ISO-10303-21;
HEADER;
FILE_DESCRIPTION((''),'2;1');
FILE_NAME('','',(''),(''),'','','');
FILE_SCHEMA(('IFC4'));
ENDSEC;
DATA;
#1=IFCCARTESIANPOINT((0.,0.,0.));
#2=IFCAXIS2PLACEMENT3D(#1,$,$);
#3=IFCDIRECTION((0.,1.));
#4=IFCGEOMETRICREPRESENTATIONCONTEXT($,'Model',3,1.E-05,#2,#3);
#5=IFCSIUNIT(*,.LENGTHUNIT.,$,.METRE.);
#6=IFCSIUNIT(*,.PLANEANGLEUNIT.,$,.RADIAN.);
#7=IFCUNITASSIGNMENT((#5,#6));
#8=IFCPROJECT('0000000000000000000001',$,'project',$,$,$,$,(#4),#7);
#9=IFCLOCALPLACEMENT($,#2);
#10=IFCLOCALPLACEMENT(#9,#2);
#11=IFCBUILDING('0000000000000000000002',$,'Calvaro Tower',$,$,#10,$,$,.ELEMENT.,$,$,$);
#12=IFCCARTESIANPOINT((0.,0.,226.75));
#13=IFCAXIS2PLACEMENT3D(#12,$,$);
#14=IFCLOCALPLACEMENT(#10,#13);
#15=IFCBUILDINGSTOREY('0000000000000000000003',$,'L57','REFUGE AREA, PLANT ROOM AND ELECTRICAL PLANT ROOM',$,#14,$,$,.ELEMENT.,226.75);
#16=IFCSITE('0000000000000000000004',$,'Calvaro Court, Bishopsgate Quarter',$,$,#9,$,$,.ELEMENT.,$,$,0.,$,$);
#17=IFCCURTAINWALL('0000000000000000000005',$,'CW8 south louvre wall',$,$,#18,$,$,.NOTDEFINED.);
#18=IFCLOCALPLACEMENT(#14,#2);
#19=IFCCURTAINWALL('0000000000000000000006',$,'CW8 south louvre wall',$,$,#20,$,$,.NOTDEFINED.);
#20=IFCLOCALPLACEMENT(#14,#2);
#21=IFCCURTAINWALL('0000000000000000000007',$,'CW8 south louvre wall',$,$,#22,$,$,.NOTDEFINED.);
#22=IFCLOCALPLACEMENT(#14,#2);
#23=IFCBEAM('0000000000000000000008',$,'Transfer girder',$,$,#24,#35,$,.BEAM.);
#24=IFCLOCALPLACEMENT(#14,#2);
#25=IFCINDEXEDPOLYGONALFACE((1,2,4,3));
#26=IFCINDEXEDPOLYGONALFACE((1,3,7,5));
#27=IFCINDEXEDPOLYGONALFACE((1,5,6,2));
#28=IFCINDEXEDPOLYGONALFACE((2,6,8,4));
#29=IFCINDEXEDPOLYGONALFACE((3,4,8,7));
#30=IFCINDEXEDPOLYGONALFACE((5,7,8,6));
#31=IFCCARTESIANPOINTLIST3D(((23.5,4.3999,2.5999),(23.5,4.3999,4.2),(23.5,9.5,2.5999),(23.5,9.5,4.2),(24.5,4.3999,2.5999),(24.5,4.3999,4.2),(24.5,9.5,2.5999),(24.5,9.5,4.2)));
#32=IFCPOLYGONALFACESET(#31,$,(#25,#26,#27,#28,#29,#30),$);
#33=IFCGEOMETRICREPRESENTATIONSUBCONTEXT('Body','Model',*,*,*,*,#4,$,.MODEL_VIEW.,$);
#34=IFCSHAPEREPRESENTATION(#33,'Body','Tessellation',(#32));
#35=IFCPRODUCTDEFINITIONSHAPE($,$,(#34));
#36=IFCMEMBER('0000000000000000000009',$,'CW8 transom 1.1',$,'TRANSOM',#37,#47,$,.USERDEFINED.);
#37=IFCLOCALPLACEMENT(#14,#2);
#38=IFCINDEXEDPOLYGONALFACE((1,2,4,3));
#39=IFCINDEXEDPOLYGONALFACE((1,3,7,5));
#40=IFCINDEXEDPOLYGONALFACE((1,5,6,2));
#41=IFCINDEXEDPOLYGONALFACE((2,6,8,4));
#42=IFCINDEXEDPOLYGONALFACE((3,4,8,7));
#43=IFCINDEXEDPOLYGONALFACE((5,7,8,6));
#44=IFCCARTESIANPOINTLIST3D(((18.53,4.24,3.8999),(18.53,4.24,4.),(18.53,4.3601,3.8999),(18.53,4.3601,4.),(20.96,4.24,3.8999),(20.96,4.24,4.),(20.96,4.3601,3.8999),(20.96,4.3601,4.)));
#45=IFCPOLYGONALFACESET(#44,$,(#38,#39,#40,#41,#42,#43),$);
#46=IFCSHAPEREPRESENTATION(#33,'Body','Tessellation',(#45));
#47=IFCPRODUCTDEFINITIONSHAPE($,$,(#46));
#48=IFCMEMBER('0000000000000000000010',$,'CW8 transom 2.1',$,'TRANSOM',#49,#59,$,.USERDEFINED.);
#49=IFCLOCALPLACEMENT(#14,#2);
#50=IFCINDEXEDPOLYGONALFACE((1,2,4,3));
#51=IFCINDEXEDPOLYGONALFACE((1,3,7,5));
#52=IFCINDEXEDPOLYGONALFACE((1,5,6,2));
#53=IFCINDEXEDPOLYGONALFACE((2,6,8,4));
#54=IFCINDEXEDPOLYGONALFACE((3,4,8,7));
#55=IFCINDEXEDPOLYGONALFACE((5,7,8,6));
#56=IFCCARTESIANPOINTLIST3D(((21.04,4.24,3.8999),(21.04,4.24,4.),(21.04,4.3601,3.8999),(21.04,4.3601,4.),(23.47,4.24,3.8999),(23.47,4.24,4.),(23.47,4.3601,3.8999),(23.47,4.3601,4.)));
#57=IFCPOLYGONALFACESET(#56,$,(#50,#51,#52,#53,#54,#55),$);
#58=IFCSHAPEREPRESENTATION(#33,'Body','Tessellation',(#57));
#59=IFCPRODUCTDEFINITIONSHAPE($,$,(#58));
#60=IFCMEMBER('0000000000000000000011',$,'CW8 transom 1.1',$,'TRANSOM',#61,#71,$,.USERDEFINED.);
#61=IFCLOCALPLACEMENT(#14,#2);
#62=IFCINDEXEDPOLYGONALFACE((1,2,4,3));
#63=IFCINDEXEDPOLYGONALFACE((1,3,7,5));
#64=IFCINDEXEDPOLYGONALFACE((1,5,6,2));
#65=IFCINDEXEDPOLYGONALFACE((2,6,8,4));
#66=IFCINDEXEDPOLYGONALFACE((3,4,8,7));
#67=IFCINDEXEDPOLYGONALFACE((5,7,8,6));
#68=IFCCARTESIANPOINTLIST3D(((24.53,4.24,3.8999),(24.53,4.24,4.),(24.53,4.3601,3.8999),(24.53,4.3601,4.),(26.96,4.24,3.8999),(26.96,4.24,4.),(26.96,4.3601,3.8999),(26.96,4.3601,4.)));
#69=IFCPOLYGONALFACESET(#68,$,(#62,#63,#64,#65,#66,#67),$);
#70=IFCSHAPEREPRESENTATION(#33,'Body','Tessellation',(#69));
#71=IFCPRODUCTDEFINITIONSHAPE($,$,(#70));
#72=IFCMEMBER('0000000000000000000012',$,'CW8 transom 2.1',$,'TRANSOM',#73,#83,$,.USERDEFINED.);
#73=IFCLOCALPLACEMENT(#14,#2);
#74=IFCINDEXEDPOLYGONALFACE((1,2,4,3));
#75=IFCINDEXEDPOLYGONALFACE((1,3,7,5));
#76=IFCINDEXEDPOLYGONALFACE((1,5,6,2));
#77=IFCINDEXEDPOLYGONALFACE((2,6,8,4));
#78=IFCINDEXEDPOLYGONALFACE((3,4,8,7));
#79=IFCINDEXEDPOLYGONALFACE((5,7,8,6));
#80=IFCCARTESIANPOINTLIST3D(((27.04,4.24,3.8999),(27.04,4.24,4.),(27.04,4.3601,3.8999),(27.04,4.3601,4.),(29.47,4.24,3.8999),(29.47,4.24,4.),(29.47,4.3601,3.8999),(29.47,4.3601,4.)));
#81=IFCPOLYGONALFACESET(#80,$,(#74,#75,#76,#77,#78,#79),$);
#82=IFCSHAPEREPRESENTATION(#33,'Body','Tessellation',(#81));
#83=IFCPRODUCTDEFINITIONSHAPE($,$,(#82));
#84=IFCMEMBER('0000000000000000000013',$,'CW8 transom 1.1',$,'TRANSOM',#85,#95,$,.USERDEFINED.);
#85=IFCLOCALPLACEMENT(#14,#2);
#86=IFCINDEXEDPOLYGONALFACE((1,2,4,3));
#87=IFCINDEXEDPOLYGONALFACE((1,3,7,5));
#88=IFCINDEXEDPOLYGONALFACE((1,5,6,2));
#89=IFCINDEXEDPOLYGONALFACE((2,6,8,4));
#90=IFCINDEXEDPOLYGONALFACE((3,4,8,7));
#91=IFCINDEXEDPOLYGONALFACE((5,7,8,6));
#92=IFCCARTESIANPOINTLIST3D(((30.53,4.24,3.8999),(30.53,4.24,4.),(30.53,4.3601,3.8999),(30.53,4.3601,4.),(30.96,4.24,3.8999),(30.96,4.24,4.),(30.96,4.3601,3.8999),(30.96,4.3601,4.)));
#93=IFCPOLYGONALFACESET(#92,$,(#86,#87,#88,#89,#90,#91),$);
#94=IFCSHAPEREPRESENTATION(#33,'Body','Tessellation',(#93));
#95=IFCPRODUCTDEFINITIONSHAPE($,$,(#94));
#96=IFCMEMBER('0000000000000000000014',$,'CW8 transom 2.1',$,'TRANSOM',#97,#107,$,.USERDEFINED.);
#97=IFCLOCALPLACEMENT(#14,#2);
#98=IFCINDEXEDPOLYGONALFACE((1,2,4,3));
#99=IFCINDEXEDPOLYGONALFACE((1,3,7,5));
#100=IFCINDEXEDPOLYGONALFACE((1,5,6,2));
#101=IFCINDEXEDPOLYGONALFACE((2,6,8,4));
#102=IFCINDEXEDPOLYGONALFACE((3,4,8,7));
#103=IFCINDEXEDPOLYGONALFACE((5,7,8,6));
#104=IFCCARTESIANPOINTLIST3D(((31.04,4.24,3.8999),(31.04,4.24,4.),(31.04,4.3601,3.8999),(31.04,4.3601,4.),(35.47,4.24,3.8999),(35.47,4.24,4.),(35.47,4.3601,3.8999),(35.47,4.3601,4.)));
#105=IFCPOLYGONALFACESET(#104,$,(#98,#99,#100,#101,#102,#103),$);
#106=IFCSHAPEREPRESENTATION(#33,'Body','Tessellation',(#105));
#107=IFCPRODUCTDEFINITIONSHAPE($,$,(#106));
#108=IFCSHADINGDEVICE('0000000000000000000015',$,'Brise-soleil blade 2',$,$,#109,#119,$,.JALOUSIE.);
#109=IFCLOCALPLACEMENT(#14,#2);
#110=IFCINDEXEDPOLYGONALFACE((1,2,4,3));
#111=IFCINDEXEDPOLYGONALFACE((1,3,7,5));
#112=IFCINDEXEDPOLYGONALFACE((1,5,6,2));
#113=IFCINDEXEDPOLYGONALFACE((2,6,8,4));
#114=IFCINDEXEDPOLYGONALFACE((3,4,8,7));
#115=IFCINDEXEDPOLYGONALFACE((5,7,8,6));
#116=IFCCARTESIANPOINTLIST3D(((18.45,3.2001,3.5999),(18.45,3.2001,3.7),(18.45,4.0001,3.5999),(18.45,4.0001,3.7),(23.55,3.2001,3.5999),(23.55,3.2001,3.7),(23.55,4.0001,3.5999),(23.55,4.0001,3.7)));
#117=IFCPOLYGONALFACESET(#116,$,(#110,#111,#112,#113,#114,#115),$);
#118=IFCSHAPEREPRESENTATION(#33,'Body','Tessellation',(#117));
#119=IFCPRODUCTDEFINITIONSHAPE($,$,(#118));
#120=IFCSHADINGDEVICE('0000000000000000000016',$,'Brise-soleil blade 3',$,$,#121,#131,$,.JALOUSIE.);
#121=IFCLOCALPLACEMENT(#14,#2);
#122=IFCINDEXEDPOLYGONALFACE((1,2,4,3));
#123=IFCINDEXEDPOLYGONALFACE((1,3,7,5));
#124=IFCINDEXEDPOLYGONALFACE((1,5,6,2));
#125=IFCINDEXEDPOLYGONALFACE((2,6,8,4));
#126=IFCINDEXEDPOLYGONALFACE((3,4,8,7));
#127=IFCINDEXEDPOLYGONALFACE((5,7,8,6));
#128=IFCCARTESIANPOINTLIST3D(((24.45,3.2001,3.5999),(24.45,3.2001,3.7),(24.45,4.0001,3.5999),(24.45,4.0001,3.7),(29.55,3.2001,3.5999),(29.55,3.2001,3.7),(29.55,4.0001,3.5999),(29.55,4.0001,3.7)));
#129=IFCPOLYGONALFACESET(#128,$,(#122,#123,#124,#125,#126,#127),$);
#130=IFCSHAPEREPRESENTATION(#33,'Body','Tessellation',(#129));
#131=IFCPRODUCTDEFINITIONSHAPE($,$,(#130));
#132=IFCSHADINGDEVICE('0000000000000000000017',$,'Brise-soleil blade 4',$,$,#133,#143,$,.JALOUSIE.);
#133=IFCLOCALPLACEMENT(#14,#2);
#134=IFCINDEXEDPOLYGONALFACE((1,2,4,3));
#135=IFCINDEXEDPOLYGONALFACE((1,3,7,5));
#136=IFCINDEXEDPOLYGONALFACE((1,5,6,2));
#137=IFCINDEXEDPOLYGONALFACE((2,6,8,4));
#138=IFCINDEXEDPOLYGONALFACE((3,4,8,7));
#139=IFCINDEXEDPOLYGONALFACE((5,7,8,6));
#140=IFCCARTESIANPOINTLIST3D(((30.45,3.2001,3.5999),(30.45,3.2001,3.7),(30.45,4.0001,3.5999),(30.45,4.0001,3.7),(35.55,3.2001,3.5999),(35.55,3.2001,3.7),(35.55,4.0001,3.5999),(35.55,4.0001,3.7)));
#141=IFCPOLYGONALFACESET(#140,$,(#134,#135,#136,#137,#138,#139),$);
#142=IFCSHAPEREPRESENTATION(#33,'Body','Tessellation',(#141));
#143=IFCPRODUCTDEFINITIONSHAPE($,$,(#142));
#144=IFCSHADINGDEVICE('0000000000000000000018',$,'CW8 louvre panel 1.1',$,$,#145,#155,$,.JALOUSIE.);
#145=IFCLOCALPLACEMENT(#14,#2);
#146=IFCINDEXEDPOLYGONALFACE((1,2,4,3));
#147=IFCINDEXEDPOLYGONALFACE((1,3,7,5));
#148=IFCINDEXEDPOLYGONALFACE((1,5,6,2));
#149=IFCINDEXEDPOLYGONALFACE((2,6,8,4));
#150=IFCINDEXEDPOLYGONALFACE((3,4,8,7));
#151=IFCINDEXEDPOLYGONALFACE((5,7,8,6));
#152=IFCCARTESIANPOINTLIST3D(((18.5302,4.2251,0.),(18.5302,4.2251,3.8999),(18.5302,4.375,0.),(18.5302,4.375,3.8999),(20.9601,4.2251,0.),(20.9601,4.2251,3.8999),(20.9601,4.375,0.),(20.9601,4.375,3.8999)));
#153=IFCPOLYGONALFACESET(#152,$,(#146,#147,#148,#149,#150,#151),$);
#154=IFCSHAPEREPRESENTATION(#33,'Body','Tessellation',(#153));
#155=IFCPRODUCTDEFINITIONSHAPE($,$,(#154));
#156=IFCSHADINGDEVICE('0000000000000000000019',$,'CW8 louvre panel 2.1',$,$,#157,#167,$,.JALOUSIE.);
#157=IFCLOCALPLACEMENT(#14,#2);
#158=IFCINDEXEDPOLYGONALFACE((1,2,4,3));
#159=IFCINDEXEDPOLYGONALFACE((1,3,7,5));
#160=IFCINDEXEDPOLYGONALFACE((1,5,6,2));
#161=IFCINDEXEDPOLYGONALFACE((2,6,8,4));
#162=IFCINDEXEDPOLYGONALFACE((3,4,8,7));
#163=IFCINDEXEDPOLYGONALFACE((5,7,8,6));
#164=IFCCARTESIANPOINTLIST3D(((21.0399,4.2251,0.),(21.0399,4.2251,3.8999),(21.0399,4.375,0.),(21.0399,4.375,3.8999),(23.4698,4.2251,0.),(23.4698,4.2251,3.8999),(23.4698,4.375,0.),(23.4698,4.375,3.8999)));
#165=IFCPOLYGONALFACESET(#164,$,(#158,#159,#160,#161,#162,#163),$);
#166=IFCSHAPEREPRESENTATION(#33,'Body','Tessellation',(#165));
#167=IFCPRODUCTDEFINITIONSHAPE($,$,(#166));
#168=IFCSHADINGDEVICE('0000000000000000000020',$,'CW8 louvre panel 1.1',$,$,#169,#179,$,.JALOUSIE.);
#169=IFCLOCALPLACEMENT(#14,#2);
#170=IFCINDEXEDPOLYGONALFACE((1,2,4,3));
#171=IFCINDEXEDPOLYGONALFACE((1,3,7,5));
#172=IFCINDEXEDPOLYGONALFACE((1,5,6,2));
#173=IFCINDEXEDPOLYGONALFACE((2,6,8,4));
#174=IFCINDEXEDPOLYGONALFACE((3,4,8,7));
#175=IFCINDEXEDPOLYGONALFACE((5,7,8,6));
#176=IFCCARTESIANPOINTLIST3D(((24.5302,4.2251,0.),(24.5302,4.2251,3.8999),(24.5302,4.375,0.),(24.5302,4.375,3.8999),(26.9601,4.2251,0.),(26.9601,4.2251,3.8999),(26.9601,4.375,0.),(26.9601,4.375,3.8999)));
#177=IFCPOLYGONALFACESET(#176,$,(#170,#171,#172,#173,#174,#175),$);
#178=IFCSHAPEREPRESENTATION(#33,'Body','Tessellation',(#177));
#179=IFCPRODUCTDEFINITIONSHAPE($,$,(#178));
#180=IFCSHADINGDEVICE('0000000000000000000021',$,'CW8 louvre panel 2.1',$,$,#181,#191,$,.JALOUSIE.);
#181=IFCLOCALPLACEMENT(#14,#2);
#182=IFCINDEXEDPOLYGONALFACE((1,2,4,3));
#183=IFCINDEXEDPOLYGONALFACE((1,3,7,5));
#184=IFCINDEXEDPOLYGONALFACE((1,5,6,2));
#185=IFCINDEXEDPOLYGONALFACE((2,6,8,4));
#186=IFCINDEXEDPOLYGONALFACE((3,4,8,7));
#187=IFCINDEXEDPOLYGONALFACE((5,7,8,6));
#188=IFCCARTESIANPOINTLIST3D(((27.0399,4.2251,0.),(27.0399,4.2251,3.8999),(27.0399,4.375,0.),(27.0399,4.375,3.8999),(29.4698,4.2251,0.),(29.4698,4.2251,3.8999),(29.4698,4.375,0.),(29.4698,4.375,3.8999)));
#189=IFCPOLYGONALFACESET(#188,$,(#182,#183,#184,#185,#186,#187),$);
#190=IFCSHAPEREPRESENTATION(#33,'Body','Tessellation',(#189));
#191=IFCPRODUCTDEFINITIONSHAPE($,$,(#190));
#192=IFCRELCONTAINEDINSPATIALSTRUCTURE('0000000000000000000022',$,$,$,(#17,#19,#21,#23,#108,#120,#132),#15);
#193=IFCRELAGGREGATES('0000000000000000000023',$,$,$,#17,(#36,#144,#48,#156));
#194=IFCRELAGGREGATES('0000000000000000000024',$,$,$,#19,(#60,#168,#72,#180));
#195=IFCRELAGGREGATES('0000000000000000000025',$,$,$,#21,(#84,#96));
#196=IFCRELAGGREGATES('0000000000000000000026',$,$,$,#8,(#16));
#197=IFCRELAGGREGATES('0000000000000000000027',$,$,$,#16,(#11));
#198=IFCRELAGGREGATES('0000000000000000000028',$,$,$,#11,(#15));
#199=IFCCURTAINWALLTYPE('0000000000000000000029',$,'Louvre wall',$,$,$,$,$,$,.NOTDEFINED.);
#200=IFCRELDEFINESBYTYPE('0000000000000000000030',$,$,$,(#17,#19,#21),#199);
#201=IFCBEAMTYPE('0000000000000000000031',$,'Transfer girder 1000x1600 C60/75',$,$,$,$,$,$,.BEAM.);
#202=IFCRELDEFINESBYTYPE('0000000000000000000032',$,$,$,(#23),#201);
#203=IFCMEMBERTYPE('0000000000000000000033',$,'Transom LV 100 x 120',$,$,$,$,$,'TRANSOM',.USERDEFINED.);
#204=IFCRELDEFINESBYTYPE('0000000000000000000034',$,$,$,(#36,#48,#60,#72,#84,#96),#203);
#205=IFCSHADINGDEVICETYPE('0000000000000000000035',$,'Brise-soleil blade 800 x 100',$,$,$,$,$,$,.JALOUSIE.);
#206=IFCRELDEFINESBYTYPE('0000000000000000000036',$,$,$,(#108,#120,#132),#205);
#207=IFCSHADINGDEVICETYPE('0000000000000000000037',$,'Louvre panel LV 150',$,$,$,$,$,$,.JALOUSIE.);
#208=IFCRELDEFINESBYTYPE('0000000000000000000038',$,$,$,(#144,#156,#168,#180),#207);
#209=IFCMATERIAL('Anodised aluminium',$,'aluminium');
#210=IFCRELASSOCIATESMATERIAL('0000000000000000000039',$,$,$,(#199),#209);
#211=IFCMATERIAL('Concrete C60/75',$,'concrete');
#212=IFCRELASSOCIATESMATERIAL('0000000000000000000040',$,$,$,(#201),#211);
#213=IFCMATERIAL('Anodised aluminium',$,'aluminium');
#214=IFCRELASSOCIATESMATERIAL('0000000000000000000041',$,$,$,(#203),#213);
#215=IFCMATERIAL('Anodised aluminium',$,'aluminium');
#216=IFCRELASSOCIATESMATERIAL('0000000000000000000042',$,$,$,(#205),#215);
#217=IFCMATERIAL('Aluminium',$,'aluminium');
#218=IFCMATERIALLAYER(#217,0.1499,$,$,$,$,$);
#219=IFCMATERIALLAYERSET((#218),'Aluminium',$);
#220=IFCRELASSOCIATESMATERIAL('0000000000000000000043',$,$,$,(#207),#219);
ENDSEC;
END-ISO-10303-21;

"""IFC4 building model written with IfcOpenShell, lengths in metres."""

from ifc_helpers import new_model, si_unit, direction, frame, origin, origin_2d, place, context, subcontext, project, spatial, rectangle, extrude, material, layer, layer_set, material_profile, profile_set, type_object, element, aggregate, save


model = new_model("IFC4")

# Units and contexts
model_context = context("Model", 3, precision=1e-05, world=origin(), true_north=direction((0.0, 1.0)))
body_context = subcontext(model_context, "Body", "Model", "MODEL_VIEW")
ifc_project = project(units=[si_unit("LENGTHUNIT", "METRE"), si_unit("PLANEANGLEUNIT", "RADIAN")], contexts=[model_context])

# Site, building, storey
site_placement = place(None, origin())
site = spatial("IfcSite", under=ifc_project, at=site_placement, Name="Calvaro Court, Bishopsgate Quarter", CompositionType="ELEMENT", RefElevation=0.0)
building_placement = place(site_placement, origin())
building = spatial("IfcBuilding", under=site, at=building_placement, Name="Calvaro Tower", CompositionType="ELEMENT")
storey_placement = place(building_placement, frame((0.0, 0.0, 226.75)))
storey = spatial("IfcBuildingStorey", under=building, at=storey_placement, Name="L57", Description="REFUGE AREA, PLANT ROOM AND ELECTRICAL PLANT ROOM", CompositionType="ELEMENT", Elevation=226.75)

# Curtain walls
ifc_material_1 = material(Name="Anodised aluminium", Category="aluminium")
curtain_wall_type = type_object("IfcCurtainWallType", Name="Louvre wall", PredefinedType="NOTDEFINED", material=ifc_material_1)
curtain_wall_1_placement = place(storey_placement, origin())
curtain_wall_1 = element("IfcCurtainWall", 1, at=curtain_wall_1_placement, inside=storey, type_object=curtain_wall_type, Name="CW8 south louvre wall", PredefinedType="NOTDEFINED")
curtain_wall_2_placement = place(storey_placement, origin())
curtain_wall_2 = element("IfcCurtainWall", 2, at=curtain_wall_2_placement, inside=storey, type_object=curtain_wall_type, Name="CW8 south louvre wall", PredefinedType="NOTDEFINED")
curtain_wall_3_placement = place(storey_placement, origin())
curtain_wall_3 = element("IfcCurtainWall", 3, at=curtain_wall_3_placement, inside=storey, type_object=curtain_wall_type, Name="CW8 south louvre wall", PredefinedType="NOTDEFINED")

# Beam
ifc_material_2 = material(Name="Concrete C60/75", Category="concrete")
ifc_material_profile_1 = material_profile(ifc_material_2, rectangle(XDim=1.0, YDim=1.6001, at=origin_2d()), Name="RC 1000x1600")
ifc_profile_set_1 = profile_set([ifc_material_profile_1], Name="Concrete C60/75")
beam_type_1 = type_object("IfcBeamType", Name="Transfer girder 1000x1600 C60/75", PredefinedType="BEAM", material=ifc_profile_set_1)
beam_placement = place(storey_placement, frame((24.0, 4.3999, 3.3999), z_axis=(0.0, 1.0, 0.0), x_axis=(-1.0, 0.0, 0.0)))
element("IfcBeam", 4, at=beam_placement, inside=storey, type_object=beam_type_1, Name="Transfer girder", PredefinedType="BEAM", context=body_context, shape_type="SweptSolid", body=[
    extrude(rectangle(XDim=1.0, YDim=1.6001, at=origin_2d()), origin(), (0.0, 0.0, 1.0), 5.1001),
])

# Members
ifc_material_3 = material(Name="Anodised aluminium", Category="aluminium")
ifc_material_profile_2 = material_profile(ifc_material_3, rectangle(XDim=0.1201, YDim=0.1001, at=origin_2d()), Name="Transom LV 100 x 120")
ifc_profile_set_2 = profile_set([ifc_material_profile_2], Name="Anodised aluminium")
member_type_1 = type_object("IfcMemberType", Name="Transom LV 100 x 120", ElementType="TRANSOM", PredefinedType="USERDEFINED", material=ifc_profile_set_2)
member_1_placement = place(storey_placement, frame((18.53, 4.3, 3.95), z_axis=(1.0, 0.0, 0.0), x_axis=(0.0, 1.0, 0.0)))
member_1 = element("IfcMember", 5, at=member_1_placement, type_object=member_type_1, Name="CW8 transom 1.1", ObjectType="TRANSOM", PredefinedType="USERDEFINED", context=body_context, shape_type="SweptSolid", body=[
    extrude(rectangle(XDim=0.1201, YDim=0.1001, at=origin_2d()), origin(), (0.0, 0.0, 1.0), 2.4299),
])
member_2_placement = place(storey_placement, frame((21.04, 4.3, 3.95), z_axis=(1.0, 0.0, 0.0), x_axis=(0.0, 1.0, 0.0)))
member_2 = element("IfcMember", 6, at=member_2_placement, type_object=member_type_1, Name="CW8 transom 2.1", ObjectType="TRANSOM", PredefinedType="USERDEFINED", context=body_context, shape_type="SweptSolid", body=[
    extrude(rectangle(XDim=0.1201, YDim=0.1001, at=origin_2d()), origin(), (0.0, 0.0, 1.0), 2.4299),
])
member_3_placement = place(storey_placement, frame((24.53, 4.3, 3.95), z_axis=(1.0, 0.0, 0.0), x_axis=(0.0, 1.0, 0.0)))
member_3 = element("IfcMember", 7, at=member_3_placement, type_object=member_type_1, Name="CW8 transom 1.1", ObjectType="TRANSOM", PredefinedType="USERDEFINED", context=body_context, shape_type="SweptSolid", body=[
    extrude(rectangle(XDim=0.1201, YDim=0.1001, at=origin_2d()), origin(), (0.0, 0.0, 1.0), 2.4299),
])
member_4_placement = place(storey_placement, frame((27.04, 4.3, 3.95), z_axis=(1.0, 0.0, 0.0), x_axis=(0.0, 1.0, 0.0)))
member_4 = element("IfcMember", 8, at=member_4_placement, type_object=member_type_1, Name="CW8 transom 2.1", ObjectType="TRANSOM", PredefinedType="USERDEFINED", context=body_context, shape_type="SweptSolid", body=[
    extrude(rectangle(XDim=0.1201, YDim=0.1001, at=origin_2d()), origin(), (0.0, 0.0, 1.0), 2.4299),
])
member_5_placement = place(storey_placement, frame((30.53, 4.3, 3.95), z_axis=(1.0, 0.0, 0.0), x_axis=(0.0, 1.0, 0.0)))
member_5 = element("IfcMember", 9, at=member_5_placement, type_object=member_type_1, Name="CW8 transom 1.1", ObjectType="TRANSOM", PredefinedType="USERDEFINED", context=body_context, shape_type="SweptSolid", body=[
    extrude(rectangle(XDim=0.1201, YDim=0.1001, at=origin_2d()), origin(), (0.0, 0.0, 1.0), 0.4299),
])
member_6_placement = place(storey_placement, frame((31.04, 4.3, 3.95), z_axis=(1.0, 0.0, 0.0), x_axis=(0.0, 1.0, 0.0)))
member_6 = element("IfcMember", 10, at=member_6_placement, type_object=member_type_1, Name="CW8 transom 2.1", ObjectType="TRANSOM", PredefinedType="USERDEFINED", context=body_context, shape_type="SweptSolid", body=[
    extrude(rectangle(XDim=0.1201, YDim=0.1001, at=origin_2d()), origin(), (0.0, 0.0, 1.0), 4.4299),
])

# Shading devices
ifc_material_4 = material(Name="Anodised aluminium", Category="aluminium")
ifc_material_profile_3 = material_profile(ifc_material_4, rectangle(XDim=0.8, YDim=0.1001, at=origin_2d()), Name="Brise-soleil blade 800 x 100")
ifc_profile_set_3 = profile_set([ifc_material_profile_3], Name="Anodised aluminium")
shading_device_type_1 = type_object("IfcShadingDeviceType", Name="Brise-soleil blade 800 x 100", PredefinedType="JALOUSIE", material=ifc_profile_set_3)
for number, where, z_axis, x_axis, name in (
    (11, (18.45, 3.6001, 3.6499), (1.0, 0.0, 0.0), (0.0, 1.0, 0.0), "Brise-soleil blade 2"),
    (12, (24.45, 3.6001, 3.6499), (1.0, 0.0, 0.0), (0.0, 1.0, 0.0), "Brise-soleil blade 3"),
    (13, (30.45, 3.6001, 3.6499), (1.0, 0.0, 0.0), (0.0, 1.0, 0.0), "Brise-soleil blade 4"),
):
    element("IfcShadingDevice", number, at=place(storey_placement, frame(where, z_axis=z_axis, x_axis=x_axis)), inside=storey, type_object=shading_device_type_1, Name=name, PredefinedType="JALOUSIE", context=body_context, shape_type="SweptSolid", body=[
        extrude(rectangle(XDim=0.8, YDim=0.1001, at=origin_2d()), origin(), (0.0, 0.0, 1.0), 5.1001),
    ])

# Shading devices
ifc_material_5 = material(Name="Aluminium", Category="aluminium")
ifc_layer = layer(ifc_material_5, 0.1499)
ifc_layer_set = layer_set([ifc_layer], Name="Aluminium")
shading_device_type_2 = type_object("IfcShadingDeviceType", Name="Louvre panel LV 150", PredefinedType="JALOUSIE", material=ifc_layer_set)
shading_device_1_placement = place(storey_placement, frame((19.7451, 4.3, 0.0), z_axis=(0.0, 0.0, 1.0), x_axis=(1.0, 0.0, 0.0)))
shading_device_1 = element("IfcShadingDevice", 14, at=shading_device_1_placement, type_object=shading_device_type_2, Name="CW8 louvre panel 1.1", PredefinedType="JALOUSIE", context=body_context, shape_type="SweptSolid", body=[
    extrude(rectangle(XDim=2.4299, YDim=0.1499, at=origin_2d()), origin(), (0.0, 0.0, 1.0), 3.8999),
])
shading_device_2_placement = place(storey_placement, frame((22.2549, 4.3, 0.0), z_axis=(0.0, 0.0, 1.0), x_axis=(1.0, 0.0, 0.0)))
shading_device_2 = element("IfcShadingDevice", 15, at=shading_device_2_placement, type_object=shading_device_type_2, Name="CW8 louvre panel 2.1", PredefinedType="JALOUSIE", context=body_context, shape_type="SweptSolid", body=[
    extrude(rectangle(XDim=2.4299, YDim=0.1499, at=origin_2d()), origin(), (0.0, 0.0, 1.0), 3.8999),
])
aggregate(curtain_wall_1, [member_1, shading_device_1, member_2, shading_device_2])
shading_device_3_placement = place(storey_placement, frame((25.7451, 4.3, 0.0), z_axis=(0.0, 0.0, 1.0), x_axis=(1.0, 0.0, 0.0)))
shading_device_3 = element("IfcShadingDevice", 16, at=shading_device_3_placement, type_object=shading_device_type_2, Name="CW8 louvre panel 1.1", PredefinedType="JALOUSIE", context=body_context, shape_type="SweptSolid", body=[
    extrude(rectangle(XDim=2.4299, YDim=0.1499, at=origin_2d()), origin(), (0.0, 0.0, 1.0), 3.8999),
])
shading_device_4_placement = place(storey_placement, frame((28.2549, 4.3, 0.0), z_axis=(0.0, 0.0, 1.0), x_axis=(1.0, 0.0, 0.0)))
shading_device_4 = element("IfcShadingDevice", 17, at=shading_device_4_placement, type_object=shading_device_type_2, Name="CW8 louvre panel 2.1", PredefinedType="JALOUSIE", context=body_context, shape_type="SweptSolid", body=[
    extrude(rectangle(XDim=2.4299, YDim=0.1499, at=origin_2d()), origin(), (0.0, 0.0, 1.0), 3.8999),
])
aggregate(curtain_wall_2, [member_3, shading_device_3, member_4, shading_device_4])
aggregate(curtain_wall_3, [member_5, member_6])

save(model, "model.ifc")
